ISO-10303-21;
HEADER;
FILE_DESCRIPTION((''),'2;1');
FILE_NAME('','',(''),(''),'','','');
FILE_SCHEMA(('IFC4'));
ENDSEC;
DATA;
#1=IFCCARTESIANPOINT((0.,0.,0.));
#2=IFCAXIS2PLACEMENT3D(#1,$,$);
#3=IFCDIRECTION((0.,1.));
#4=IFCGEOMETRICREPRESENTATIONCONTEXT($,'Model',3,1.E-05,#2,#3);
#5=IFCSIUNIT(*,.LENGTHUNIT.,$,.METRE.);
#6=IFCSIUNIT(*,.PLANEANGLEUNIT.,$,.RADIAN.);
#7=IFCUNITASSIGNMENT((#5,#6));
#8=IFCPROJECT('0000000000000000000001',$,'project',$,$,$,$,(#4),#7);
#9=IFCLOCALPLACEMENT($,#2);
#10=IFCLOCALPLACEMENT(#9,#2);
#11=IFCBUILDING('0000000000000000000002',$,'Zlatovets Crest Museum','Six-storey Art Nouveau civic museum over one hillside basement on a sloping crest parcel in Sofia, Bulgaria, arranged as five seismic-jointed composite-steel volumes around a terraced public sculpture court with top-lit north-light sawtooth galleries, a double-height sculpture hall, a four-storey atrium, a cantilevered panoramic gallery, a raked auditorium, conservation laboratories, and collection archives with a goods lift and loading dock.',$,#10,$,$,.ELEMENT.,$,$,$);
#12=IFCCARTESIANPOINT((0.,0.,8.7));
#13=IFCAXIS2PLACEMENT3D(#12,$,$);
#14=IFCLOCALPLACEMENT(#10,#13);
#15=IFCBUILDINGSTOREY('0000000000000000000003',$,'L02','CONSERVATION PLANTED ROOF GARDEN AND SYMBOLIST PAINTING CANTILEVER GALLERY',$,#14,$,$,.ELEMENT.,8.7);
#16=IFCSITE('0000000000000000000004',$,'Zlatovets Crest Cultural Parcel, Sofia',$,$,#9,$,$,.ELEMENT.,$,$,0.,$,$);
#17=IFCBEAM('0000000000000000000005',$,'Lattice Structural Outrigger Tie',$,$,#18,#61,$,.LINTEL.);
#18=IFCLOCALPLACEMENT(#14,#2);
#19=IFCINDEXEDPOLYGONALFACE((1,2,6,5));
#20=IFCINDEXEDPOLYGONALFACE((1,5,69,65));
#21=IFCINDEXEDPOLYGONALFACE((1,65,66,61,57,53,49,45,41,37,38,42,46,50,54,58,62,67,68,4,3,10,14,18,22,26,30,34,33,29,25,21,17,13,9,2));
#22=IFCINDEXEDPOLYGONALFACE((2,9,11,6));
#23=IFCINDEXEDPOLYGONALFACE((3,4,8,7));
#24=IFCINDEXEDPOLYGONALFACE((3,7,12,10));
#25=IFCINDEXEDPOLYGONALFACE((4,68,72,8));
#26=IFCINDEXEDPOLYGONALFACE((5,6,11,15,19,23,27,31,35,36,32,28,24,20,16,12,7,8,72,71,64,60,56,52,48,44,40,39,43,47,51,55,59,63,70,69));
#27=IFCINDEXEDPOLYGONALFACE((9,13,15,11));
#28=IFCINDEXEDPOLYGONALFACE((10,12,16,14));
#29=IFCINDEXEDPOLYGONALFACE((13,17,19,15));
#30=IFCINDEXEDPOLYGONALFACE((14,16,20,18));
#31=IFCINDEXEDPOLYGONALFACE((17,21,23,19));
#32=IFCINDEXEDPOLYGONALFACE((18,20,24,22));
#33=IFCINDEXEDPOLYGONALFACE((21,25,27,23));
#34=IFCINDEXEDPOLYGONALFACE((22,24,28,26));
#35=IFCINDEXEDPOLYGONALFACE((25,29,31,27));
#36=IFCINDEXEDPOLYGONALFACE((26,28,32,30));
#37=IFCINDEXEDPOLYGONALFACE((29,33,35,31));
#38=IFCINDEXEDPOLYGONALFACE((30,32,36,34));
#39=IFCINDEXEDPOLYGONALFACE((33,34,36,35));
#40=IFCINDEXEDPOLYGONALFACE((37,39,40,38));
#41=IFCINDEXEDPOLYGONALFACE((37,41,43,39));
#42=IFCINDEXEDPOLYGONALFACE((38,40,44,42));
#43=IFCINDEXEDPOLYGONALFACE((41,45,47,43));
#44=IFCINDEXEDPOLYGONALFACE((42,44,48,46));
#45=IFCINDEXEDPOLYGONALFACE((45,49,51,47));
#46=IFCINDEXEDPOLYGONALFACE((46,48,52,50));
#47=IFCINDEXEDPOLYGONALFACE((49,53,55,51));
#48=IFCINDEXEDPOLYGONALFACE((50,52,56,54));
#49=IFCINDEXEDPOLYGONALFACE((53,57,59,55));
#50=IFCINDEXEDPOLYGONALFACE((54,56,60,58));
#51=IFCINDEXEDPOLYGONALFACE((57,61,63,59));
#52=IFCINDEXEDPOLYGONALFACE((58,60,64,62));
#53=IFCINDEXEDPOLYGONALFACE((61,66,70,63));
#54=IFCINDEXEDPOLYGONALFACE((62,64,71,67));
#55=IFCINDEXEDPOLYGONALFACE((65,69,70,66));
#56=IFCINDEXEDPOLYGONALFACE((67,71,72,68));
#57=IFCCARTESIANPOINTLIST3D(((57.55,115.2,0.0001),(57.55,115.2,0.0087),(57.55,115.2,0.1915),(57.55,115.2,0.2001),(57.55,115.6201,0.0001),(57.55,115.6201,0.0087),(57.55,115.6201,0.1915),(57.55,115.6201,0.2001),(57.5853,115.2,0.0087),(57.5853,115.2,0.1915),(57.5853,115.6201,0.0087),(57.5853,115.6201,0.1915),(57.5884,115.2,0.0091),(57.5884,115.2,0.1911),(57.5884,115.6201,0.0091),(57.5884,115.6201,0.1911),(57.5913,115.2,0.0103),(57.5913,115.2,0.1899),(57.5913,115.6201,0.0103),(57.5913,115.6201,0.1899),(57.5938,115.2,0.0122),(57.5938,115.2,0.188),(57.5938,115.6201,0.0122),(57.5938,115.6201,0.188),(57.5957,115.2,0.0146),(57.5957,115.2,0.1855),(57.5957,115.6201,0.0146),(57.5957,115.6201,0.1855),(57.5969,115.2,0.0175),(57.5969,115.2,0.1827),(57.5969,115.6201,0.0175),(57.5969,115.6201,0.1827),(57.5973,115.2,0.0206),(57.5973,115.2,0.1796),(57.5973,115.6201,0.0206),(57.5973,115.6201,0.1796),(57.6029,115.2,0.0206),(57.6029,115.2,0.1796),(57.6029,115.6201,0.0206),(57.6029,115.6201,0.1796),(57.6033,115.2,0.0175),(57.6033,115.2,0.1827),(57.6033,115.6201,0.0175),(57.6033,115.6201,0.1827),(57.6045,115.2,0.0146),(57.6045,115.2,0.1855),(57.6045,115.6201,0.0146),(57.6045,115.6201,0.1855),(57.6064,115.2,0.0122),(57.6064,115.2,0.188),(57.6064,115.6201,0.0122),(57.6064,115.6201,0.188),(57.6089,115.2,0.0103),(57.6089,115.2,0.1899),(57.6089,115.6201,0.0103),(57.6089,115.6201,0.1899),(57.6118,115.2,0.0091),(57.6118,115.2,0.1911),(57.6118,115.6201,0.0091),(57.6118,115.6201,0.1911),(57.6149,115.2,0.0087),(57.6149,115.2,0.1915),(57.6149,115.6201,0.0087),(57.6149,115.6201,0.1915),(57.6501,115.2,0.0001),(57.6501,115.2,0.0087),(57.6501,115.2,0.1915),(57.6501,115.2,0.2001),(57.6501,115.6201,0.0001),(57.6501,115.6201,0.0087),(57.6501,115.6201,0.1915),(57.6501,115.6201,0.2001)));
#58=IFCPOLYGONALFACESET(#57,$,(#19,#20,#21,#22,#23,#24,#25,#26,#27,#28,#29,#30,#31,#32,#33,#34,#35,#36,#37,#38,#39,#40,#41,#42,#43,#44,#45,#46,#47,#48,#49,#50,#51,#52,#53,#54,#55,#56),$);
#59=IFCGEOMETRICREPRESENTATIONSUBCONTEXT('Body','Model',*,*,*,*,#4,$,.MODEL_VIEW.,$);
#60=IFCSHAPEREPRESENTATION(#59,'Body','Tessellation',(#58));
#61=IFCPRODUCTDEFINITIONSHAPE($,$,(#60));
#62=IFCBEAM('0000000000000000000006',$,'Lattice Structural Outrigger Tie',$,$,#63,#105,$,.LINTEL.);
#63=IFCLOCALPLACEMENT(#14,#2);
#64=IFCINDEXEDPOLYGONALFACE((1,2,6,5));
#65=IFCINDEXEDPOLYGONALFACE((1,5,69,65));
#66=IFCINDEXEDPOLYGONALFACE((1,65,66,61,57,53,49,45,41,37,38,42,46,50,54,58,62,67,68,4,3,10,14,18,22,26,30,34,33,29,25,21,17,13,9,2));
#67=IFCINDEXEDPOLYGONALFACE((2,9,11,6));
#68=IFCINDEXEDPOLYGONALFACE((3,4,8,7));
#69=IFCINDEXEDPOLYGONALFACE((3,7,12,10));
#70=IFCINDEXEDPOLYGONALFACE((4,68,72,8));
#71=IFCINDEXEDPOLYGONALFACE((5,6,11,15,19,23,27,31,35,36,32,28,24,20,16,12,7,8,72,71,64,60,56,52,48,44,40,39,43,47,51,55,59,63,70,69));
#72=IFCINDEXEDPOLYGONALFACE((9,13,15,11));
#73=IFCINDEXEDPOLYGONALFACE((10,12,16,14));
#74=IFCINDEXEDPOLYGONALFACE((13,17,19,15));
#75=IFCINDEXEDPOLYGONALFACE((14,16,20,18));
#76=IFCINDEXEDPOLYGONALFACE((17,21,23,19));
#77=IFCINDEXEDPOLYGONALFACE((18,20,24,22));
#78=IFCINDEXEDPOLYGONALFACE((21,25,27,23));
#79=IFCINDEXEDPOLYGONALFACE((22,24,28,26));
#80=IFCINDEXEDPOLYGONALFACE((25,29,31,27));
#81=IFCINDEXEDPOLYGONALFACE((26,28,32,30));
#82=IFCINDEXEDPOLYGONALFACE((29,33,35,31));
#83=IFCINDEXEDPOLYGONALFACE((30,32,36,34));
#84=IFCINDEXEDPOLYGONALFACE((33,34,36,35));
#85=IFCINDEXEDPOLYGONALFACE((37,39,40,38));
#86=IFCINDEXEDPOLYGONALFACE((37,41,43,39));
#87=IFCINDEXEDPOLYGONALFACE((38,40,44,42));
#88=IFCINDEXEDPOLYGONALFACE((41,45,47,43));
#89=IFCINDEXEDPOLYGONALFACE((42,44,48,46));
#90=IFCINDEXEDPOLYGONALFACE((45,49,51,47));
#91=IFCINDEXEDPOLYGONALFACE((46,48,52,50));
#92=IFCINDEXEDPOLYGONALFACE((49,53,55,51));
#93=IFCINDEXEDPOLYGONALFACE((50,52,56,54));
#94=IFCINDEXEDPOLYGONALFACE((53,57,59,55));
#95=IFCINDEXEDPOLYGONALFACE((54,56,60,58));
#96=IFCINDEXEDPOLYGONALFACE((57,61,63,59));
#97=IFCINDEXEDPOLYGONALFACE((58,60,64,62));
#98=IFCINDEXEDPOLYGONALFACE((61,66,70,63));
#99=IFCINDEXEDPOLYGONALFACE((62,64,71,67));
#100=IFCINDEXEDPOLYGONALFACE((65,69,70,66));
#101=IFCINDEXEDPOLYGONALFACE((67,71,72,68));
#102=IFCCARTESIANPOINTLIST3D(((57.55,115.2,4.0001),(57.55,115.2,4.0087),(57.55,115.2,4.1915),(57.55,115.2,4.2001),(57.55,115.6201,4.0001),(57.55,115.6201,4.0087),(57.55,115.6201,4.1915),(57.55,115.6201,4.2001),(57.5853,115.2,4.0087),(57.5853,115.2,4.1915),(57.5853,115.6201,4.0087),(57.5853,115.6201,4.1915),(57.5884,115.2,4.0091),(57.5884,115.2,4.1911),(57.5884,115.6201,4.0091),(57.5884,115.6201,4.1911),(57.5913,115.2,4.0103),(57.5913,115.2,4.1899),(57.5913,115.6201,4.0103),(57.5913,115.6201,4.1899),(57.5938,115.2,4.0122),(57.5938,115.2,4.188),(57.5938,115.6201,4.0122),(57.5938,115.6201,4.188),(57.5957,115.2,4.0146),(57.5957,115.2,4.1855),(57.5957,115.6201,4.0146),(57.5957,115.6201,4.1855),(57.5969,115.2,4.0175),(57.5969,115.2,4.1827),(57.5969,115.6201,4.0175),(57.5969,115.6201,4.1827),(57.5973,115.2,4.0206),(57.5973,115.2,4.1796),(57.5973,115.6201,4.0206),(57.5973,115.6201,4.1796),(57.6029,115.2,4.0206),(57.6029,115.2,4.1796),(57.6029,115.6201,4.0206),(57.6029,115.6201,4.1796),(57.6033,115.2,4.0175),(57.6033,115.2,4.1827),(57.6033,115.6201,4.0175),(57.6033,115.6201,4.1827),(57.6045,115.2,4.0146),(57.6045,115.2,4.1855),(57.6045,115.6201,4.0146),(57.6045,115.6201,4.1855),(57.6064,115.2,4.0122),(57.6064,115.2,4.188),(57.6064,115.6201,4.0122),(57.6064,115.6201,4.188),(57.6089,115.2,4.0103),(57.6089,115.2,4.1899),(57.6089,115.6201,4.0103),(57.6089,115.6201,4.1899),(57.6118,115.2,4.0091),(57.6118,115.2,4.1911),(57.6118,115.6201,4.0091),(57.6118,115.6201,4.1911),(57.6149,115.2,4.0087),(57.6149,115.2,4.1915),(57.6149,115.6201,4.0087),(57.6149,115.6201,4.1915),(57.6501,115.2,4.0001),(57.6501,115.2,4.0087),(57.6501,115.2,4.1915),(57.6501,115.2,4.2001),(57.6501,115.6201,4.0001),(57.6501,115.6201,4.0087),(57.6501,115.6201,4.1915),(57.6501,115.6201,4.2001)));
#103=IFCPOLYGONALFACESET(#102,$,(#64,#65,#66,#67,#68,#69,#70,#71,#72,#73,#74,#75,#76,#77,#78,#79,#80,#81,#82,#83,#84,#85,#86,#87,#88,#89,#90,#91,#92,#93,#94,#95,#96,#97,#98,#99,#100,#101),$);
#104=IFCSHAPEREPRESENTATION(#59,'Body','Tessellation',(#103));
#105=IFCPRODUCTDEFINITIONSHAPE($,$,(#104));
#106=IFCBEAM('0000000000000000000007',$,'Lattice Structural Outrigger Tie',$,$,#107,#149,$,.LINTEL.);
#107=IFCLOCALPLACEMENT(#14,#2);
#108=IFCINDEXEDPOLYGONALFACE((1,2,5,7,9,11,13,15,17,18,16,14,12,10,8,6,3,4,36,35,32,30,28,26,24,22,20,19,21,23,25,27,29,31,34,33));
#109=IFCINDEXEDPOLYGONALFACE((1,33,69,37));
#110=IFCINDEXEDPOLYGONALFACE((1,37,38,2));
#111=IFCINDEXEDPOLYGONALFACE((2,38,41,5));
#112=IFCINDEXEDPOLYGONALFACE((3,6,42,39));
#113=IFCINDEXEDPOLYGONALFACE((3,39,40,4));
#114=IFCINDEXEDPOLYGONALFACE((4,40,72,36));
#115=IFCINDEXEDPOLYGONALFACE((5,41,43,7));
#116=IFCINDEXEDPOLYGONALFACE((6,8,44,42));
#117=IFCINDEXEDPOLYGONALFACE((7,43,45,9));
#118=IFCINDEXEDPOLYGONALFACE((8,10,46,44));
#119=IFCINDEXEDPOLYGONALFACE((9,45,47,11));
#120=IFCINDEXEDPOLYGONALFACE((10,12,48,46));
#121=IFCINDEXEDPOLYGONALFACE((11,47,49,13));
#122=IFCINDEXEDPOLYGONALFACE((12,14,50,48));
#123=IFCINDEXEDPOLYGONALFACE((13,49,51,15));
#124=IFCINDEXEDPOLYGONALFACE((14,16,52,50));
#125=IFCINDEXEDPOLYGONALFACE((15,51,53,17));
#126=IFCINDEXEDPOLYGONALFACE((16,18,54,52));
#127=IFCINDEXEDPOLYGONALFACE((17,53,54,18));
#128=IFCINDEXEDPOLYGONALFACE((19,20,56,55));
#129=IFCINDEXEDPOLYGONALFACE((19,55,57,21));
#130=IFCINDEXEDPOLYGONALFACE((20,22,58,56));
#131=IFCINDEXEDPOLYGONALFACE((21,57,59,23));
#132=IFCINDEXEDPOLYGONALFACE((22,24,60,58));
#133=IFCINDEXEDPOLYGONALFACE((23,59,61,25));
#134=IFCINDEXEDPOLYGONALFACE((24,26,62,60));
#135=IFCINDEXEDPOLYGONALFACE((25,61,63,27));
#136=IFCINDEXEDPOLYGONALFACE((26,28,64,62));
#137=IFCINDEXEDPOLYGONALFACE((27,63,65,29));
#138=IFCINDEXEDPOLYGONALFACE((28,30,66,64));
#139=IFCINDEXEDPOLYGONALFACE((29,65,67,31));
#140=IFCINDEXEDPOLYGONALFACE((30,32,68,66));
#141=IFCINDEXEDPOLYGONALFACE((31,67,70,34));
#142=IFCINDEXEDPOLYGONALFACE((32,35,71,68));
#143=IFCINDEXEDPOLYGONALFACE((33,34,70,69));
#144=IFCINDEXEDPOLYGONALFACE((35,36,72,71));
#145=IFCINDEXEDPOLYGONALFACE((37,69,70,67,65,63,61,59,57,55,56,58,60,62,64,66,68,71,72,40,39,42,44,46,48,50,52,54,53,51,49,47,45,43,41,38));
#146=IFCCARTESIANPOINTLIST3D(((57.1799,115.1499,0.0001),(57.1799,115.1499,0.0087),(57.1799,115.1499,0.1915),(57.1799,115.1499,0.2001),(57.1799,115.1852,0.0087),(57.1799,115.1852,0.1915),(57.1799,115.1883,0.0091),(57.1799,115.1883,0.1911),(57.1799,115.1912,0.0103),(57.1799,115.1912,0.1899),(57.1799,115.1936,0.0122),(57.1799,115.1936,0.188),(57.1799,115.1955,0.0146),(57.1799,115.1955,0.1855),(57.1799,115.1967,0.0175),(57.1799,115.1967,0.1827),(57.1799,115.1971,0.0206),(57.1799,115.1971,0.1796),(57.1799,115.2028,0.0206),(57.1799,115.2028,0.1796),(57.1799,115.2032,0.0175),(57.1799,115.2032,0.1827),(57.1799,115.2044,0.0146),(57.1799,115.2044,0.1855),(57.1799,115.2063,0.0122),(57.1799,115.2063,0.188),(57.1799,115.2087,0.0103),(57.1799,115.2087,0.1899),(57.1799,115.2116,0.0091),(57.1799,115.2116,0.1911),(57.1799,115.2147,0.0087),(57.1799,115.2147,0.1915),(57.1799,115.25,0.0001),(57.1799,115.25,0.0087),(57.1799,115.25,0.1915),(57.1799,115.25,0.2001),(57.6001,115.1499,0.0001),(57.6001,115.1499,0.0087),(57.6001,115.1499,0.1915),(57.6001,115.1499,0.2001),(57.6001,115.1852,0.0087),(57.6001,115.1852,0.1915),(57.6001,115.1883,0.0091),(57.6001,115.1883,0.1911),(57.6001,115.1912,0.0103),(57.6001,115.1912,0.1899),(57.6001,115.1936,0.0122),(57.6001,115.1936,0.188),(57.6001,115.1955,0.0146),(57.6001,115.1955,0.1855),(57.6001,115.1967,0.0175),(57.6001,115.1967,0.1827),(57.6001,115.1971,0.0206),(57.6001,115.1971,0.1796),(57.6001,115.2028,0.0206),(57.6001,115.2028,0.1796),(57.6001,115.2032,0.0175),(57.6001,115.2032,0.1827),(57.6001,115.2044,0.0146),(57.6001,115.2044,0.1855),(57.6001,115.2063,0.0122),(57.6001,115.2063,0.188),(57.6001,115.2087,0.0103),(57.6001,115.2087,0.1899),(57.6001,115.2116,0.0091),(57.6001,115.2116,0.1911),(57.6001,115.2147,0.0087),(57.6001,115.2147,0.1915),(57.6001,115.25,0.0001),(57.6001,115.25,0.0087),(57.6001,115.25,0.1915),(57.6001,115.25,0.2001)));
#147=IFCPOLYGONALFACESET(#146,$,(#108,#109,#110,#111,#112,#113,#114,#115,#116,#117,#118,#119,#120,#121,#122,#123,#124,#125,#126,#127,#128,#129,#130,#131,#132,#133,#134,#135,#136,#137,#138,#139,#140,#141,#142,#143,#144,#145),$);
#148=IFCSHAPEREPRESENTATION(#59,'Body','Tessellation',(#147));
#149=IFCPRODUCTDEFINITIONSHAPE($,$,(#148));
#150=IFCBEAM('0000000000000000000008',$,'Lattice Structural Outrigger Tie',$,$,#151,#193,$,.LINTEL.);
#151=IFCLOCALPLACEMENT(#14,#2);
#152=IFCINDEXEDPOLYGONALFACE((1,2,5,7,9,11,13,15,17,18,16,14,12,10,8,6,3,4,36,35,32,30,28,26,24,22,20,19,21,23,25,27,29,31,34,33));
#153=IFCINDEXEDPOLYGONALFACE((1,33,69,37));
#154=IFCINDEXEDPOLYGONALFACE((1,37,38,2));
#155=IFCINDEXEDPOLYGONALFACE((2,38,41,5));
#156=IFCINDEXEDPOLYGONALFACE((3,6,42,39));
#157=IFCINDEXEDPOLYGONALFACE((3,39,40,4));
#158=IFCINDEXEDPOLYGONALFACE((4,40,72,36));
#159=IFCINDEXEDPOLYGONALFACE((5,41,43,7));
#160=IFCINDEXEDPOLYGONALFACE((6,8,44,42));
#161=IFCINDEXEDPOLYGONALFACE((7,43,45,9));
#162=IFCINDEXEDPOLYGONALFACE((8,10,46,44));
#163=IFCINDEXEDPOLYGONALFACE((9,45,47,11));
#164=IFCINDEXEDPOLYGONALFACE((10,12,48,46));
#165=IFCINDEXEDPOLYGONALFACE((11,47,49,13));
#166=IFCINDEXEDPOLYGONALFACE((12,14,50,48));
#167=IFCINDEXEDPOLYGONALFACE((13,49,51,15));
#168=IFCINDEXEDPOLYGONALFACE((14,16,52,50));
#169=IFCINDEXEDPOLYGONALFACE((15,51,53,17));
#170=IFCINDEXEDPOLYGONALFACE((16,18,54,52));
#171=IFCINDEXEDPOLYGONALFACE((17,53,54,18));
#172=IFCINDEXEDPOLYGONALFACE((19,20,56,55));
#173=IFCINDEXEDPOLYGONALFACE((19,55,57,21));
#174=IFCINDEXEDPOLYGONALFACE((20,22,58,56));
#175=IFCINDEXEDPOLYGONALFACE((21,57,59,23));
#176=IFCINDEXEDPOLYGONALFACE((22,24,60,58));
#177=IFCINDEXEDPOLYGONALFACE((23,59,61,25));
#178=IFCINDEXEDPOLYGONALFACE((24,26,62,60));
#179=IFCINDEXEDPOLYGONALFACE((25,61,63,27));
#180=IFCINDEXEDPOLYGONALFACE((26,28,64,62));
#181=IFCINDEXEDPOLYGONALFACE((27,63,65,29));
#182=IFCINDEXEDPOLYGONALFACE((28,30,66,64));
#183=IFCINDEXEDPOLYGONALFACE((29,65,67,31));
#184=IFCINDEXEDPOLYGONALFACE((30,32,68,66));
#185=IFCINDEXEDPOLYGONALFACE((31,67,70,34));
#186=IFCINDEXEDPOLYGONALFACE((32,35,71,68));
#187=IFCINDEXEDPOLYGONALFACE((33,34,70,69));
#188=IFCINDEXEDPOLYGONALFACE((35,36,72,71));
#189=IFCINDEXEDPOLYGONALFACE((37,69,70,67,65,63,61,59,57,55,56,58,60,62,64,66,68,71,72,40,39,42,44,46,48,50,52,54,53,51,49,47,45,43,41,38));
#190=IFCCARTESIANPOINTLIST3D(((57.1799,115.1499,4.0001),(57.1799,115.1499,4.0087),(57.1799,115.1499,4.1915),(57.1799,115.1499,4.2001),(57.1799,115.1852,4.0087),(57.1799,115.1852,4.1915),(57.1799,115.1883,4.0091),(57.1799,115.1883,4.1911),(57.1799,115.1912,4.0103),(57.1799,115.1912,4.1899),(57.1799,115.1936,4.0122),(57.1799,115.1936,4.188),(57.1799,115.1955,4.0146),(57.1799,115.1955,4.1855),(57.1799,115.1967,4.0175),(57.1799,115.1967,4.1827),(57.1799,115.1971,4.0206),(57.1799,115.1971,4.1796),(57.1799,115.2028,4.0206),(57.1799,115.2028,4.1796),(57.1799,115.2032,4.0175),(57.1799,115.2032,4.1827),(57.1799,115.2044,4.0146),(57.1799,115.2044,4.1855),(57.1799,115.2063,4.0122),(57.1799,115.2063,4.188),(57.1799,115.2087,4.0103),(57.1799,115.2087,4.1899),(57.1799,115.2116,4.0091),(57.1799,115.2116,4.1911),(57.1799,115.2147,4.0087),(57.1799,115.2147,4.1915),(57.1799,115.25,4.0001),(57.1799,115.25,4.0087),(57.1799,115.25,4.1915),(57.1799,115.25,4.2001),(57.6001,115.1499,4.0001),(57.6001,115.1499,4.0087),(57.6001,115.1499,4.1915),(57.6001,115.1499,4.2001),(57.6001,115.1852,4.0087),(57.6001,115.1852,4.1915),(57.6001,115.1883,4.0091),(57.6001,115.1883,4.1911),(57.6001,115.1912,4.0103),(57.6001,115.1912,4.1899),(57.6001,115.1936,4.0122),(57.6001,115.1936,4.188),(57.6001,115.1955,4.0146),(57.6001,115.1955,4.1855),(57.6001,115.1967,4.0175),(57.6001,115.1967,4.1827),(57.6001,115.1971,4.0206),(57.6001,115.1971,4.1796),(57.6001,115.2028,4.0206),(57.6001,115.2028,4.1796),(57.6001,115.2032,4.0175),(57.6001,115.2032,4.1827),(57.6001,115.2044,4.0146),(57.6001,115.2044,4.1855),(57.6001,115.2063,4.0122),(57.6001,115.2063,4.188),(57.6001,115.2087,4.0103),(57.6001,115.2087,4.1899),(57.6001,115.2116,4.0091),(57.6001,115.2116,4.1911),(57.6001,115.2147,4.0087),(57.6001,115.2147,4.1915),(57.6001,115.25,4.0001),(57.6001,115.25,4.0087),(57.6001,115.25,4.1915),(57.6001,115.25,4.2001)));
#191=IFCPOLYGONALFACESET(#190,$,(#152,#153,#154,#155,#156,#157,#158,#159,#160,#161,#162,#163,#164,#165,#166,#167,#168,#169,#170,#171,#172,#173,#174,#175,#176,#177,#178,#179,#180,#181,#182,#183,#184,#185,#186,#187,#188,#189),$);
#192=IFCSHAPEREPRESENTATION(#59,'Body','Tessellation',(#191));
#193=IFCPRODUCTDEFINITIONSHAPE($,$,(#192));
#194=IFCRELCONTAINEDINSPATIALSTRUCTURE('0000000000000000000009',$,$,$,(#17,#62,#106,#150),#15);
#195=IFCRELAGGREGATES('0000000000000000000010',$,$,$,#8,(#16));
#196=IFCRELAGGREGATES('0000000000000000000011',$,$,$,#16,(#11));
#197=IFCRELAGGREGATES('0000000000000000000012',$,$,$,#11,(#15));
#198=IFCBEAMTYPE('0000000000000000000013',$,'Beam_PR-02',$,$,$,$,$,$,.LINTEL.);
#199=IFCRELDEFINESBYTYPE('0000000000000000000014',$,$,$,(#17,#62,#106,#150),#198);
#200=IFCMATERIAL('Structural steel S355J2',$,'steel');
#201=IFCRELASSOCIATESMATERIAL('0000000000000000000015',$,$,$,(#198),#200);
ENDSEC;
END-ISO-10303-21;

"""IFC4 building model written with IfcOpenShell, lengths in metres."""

from ifc_helpers import new_model, si_unit, direction, frame, origin, origin_2d, place, context, subcontext, project, spatial, i_section, extrude, material, material_profile, profile_set, type_object, element, save


model = new_model("IFC4")

# Units and contexts
model_context = context("Model", 3, precision=1e-05, world=origin(), true_north=direction((0.0, 1.0)))
body_context = subcontext(model_context, "Body", "Model", "MODEL_VIEW")
ifc_project = project(units=[si_unit("LENGTHUNIT", "METRE"), si_unit("PLANEANGLEUNIT", "RADIAN")], contexts=[model_context])

# Site, building, storey
site_placement = place(None, origin())
site = spatial("IfcSite", under=ifc_project, at=site_placement, Name="Zlatovets Crest Cultural Parcel, Sofia", CompositionType="ELEMENT", RefElevation=0.0)
building_placement = place(site_placement, origin())
building = spatial("IfcBuilding", under=site, at=building_placement, Name="Zlatovets Crest Museum", Description="Six-storey Art Nouveau civic museum over one hillside basement on a sloping crest parcel in Sofia, Bulgaria, arranged as five seismic-jointed composite-steel volumes around a terraced public sculpture court with top-lit north-light sawtooth galleries, a double-height sculpture hall, a four-storey atrium, a cantilevered panoramic gallery, a raked auditorium, conservation laboratories, and collection archives with a goods lift and loading dock.", CompositionType="ELEMENT")
storey_placement = place(building_placement, frame((0.0, 0.0, 8.7)))
storey = spatial("IfcBuildingStorey", under=building, at=storey_placement, Name="L02", Description="CONSERVATION PLANTED ROOF GARDEN AND SYMBOLIST PAINTING CANTILEVER GALLERY", CompositionType="ELEMENT", Elevation=8.7)

# Shared definitions
ifc_material_1 = material(Name="Structural steel S355J2", Category="steel")

# Beams
ifc_material_profile_1 = material_profile(ifc_material_1, i_section(OverallWidth=0.1001, OverallDepth=0.2, WebThickness=0.0056, FlangeThickness=0.0085, FilletRadius=0.012, at=origin_2d()), Name="IPE 200")
ifc_profile_set_1 = profile_set([ifc_material_profile_1], Name="Structural steel S355J2")
beam_type_1 = type_object("IfcBeamType", Name="Beam_PR-02", PredefinedType="LINTEL", material=ifc_profile_set_1)
for number, where, z_axis, x_axis, name in (
    (1, (57.6001, 115.2, 0.1001), (0.0, 1.0, 0.0), (-1.0, 0.0, 0.0), "Lattice Structural Outrigger Tie"),
    (2, (57.6001, 115.2, 4.1001), (0.0, 1.0, 0.0), (-1.0, 0.0, 0.0), "Lattice Structural Outrigger Tie"),
    (3, (57.6001, 115.2, 0.1001), (-1.0, 0.0, 0.0), (0.0, -1.0, 0.0), "Lattice Structural Outrigger Tie"),
    (4, (57.6001, 115.2, 4.1001), (-1.0, 0.0, 0.0), (0.0, -1.0, 0.0), "Lattice Structural Outrigger Tie"),
):
    element("IfcBeam", number, at=place(storey_placement, frame(where, z_axis=z_axis, x_axis=x_axis)), inside=storey, type_object=beam_type_1, Name=name, PredefinedType="LINTEL", context=body_context, shape_type="SweptSolid", body=[
        extrude(i_section(OverallWidth=0.1001, OverallDepth=0.2, WebThickness=0.0056, FlangeThickness=0.0085, FilletRadius=0.012, at=origin_2d()), origin(), (0.0, 0.0, 1.0), 0.4202),
    ])

save(model, "model.ifc")
